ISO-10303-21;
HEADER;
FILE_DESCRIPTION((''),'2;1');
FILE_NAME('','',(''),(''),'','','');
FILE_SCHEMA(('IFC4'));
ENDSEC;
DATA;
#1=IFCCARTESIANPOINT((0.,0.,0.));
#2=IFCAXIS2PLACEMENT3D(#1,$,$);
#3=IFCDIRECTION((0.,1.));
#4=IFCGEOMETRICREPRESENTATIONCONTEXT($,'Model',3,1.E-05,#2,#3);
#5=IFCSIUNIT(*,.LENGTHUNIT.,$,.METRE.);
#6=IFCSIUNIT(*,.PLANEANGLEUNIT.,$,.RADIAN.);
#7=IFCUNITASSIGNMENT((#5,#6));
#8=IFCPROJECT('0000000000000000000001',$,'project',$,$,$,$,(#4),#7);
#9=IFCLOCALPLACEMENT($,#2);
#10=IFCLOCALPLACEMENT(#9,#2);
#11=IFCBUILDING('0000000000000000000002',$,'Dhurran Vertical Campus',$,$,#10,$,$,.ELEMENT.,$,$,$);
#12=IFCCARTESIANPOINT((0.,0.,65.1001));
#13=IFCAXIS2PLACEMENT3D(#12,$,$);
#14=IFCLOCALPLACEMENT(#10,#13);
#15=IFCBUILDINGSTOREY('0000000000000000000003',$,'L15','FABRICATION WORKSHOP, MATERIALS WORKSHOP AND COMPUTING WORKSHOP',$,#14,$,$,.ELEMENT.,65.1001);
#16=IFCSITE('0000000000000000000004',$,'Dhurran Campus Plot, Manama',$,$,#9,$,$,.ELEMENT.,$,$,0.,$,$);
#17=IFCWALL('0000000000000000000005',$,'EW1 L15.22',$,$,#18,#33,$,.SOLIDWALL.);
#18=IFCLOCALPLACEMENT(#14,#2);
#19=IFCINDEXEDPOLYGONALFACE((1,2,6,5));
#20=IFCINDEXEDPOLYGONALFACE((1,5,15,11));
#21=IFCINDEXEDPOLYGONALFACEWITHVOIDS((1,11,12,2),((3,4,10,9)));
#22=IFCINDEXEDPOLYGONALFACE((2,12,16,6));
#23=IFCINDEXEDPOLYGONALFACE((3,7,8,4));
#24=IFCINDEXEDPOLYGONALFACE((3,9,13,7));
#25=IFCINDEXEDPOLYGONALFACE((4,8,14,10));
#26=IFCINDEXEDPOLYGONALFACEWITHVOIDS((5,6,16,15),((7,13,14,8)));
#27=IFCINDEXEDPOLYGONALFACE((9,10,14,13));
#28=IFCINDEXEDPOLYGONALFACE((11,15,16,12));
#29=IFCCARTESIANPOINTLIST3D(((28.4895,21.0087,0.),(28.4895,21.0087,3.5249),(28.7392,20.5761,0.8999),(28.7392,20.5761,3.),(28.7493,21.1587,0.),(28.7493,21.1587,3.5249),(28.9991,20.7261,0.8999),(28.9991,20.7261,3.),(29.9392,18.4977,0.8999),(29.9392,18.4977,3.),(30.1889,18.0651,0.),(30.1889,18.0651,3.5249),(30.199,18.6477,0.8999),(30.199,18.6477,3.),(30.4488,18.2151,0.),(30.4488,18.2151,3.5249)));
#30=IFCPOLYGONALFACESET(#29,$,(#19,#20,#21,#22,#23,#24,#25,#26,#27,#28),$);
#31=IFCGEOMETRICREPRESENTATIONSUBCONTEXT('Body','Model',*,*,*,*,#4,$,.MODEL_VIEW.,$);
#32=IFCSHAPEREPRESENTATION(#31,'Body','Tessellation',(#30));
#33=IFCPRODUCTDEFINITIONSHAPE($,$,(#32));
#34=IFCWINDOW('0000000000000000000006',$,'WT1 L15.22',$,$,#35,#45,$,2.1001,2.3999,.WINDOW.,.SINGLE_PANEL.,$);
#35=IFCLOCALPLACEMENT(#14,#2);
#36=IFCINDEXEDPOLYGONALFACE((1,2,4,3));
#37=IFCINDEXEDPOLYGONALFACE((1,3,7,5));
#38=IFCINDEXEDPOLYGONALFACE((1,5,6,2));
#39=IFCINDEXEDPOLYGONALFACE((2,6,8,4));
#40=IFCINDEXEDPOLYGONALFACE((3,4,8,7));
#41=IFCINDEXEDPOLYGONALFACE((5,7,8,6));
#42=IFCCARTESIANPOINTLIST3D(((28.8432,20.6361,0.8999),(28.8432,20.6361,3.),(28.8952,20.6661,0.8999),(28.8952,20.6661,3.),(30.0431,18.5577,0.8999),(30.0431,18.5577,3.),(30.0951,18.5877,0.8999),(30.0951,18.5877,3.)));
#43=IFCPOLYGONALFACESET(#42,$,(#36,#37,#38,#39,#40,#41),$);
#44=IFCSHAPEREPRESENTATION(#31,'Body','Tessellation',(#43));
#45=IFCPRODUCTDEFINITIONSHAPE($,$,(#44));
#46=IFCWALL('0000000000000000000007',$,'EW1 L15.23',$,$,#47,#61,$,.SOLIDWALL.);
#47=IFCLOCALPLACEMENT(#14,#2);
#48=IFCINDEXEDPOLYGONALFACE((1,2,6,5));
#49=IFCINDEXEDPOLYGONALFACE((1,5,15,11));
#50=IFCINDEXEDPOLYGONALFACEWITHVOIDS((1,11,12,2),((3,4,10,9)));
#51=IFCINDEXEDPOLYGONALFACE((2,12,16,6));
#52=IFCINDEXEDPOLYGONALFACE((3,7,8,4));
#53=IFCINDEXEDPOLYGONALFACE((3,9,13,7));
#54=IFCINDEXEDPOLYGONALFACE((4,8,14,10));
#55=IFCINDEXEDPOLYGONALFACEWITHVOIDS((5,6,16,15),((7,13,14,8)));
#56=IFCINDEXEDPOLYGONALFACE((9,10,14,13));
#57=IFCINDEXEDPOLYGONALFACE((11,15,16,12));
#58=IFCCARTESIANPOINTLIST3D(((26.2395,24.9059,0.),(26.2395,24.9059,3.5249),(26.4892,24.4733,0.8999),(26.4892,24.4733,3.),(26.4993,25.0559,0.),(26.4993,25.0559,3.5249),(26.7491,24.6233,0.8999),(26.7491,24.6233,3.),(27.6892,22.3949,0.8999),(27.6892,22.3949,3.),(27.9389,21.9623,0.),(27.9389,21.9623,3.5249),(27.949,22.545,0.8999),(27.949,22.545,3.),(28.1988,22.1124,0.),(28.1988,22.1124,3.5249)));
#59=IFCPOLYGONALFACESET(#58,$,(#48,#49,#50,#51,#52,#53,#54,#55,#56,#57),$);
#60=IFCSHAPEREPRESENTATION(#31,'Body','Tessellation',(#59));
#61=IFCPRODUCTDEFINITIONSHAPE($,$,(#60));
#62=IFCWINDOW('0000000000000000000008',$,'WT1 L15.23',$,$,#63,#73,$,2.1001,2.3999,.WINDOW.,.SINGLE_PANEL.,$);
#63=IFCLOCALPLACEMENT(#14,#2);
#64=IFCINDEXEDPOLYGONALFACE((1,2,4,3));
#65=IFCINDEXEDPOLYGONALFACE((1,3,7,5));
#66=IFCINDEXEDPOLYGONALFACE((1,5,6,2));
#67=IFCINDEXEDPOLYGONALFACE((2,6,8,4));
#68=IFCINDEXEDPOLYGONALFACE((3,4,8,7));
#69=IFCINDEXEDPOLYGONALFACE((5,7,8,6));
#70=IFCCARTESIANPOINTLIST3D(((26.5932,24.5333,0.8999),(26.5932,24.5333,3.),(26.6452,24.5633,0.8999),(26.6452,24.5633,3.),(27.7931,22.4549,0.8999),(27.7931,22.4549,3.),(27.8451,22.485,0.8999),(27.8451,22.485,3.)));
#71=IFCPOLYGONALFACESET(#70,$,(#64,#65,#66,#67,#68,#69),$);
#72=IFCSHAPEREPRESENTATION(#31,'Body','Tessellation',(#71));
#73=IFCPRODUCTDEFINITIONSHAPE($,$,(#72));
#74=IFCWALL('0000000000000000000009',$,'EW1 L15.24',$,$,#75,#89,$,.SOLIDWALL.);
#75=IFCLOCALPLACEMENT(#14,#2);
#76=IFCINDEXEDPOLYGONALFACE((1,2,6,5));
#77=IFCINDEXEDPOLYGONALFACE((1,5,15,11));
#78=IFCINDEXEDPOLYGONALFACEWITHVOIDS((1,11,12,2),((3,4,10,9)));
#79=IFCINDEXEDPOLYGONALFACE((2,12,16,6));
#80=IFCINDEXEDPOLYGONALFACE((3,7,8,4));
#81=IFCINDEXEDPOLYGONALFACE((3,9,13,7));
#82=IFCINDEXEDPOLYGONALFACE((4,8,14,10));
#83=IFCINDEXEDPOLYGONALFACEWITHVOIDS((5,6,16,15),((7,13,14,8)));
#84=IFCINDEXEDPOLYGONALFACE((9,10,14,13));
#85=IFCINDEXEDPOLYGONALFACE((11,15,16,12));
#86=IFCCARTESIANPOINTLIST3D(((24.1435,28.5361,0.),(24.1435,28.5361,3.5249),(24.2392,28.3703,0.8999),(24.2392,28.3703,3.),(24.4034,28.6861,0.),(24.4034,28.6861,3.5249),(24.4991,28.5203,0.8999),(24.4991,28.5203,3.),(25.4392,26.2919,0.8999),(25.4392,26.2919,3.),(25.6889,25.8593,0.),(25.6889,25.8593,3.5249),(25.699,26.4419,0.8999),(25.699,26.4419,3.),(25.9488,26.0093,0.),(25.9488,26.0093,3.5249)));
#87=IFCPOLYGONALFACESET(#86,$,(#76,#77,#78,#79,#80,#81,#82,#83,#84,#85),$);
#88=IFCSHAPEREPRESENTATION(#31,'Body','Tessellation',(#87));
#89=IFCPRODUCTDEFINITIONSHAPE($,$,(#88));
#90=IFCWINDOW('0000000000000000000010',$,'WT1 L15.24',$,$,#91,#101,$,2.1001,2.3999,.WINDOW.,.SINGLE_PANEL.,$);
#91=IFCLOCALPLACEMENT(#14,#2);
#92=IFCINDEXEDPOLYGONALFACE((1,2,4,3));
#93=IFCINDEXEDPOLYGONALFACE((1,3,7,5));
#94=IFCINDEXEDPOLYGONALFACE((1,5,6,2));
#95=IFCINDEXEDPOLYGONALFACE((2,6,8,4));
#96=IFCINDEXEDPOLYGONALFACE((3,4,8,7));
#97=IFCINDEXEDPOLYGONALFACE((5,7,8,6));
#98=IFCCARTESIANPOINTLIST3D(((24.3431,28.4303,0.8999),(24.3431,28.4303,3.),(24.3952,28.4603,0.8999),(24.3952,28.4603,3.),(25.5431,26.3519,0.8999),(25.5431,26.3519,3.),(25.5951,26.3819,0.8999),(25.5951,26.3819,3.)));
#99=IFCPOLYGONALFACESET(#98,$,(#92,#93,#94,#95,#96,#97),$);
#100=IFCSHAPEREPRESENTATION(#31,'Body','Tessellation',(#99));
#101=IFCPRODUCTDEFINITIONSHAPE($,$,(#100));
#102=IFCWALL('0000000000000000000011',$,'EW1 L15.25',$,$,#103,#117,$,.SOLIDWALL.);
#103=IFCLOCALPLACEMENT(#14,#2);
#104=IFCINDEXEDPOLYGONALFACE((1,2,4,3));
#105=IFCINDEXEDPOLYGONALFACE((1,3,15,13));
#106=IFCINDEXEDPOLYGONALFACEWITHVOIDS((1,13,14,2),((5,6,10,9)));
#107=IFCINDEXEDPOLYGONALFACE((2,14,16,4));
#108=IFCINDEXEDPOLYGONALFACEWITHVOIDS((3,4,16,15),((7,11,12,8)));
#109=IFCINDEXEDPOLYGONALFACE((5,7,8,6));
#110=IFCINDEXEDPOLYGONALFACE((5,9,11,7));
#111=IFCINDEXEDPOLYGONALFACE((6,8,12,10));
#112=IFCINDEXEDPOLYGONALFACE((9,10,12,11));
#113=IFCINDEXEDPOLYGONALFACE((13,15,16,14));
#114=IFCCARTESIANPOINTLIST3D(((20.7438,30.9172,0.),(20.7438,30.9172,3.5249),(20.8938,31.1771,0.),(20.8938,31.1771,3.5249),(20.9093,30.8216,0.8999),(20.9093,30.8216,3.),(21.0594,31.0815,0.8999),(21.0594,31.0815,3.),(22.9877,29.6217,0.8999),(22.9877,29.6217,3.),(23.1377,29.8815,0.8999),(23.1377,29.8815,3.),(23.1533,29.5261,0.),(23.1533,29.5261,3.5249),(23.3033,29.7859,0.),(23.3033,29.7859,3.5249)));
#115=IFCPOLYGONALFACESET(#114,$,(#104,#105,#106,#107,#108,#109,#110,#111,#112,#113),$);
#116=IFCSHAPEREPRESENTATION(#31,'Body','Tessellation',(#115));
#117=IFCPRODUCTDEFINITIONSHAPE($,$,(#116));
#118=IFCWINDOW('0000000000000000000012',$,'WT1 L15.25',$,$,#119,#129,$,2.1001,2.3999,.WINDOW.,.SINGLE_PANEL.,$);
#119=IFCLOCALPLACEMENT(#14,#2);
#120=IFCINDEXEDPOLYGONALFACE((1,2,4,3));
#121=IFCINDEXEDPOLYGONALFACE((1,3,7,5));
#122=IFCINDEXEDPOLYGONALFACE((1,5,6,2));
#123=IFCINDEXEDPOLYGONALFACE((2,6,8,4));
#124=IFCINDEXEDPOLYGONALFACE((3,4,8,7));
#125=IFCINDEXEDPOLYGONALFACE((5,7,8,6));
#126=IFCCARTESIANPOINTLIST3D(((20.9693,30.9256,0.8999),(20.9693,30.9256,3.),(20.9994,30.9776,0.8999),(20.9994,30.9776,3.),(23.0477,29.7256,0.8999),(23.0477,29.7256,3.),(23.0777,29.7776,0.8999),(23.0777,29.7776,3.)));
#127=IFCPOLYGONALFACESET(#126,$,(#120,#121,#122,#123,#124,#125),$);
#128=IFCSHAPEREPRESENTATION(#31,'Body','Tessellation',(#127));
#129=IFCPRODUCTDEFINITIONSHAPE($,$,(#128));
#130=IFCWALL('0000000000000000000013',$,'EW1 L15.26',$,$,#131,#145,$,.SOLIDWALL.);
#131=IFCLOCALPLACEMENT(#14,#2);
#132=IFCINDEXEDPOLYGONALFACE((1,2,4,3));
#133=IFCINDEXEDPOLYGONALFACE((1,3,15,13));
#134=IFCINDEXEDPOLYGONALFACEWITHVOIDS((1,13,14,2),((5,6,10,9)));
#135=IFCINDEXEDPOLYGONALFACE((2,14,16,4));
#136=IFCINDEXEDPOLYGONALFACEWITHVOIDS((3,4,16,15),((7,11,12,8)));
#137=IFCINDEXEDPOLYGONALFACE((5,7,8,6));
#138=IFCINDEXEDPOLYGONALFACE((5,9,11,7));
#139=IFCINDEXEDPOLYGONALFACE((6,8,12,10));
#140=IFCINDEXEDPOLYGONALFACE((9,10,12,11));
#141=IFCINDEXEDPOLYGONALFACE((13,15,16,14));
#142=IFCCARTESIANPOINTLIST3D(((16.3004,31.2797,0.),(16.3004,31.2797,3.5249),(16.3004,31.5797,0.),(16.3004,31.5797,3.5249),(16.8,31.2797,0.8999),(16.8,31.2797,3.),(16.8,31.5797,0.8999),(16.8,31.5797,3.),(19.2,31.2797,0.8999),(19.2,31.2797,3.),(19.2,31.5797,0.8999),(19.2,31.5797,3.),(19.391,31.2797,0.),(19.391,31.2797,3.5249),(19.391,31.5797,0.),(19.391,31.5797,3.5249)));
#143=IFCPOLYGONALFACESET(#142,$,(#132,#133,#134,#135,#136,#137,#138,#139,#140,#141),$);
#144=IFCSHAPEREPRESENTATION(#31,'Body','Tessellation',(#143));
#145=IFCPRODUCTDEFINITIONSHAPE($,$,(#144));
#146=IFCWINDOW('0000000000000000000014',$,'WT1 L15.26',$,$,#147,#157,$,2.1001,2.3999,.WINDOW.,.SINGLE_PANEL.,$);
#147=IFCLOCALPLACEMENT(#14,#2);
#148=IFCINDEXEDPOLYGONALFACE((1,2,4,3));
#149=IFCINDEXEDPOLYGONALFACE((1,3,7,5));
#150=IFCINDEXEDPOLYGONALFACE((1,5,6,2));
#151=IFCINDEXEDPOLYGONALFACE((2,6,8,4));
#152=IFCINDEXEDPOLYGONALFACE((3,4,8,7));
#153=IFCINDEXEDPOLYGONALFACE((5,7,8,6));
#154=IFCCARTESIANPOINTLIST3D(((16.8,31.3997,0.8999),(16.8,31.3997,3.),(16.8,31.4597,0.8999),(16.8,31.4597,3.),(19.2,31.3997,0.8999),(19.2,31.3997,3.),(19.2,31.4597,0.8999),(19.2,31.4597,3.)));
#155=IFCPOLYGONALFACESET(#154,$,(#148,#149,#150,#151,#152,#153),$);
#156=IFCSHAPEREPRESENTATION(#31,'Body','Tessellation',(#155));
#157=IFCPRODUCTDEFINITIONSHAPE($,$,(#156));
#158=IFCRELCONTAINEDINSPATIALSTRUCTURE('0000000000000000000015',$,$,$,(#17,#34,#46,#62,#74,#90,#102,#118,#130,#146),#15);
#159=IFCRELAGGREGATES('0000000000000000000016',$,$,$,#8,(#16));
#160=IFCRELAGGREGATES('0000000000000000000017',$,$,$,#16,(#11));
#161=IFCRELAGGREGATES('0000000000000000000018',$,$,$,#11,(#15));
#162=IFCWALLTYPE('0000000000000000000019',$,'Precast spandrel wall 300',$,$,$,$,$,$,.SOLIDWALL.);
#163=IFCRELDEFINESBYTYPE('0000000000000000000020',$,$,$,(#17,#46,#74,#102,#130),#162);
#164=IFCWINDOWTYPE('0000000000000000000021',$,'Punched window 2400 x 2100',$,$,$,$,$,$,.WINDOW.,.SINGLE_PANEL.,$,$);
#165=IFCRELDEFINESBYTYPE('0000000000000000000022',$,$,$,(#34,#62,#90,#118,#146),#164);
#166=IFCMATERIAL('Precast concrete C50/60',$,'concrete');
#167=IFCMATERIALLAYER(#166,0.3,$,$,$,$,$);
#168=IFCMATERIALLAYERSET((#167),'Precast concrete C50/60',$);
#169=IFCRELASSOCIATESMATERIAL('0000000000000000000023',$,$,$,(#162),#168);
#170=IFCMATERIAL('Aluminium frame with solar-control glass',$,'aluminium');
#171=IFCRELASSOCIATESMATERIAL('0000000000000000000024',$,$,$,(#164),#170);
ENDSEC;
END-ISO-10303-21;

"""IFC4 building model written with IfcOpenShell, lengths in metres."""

from ifc_helpers import new_model, si_unit, direction, frame, frame_2d, origin, place, context, subcontext, project, spatial, rectangle, extrude, material, layer, layer_set, type_object, element, fill, save


model = new_model("IFC4")

# Units and contexts
model_context = context("Model", 3, precision=1e-05, world=origin(), true_north=direction((0.0, 1.0)))
body_context = subcontext(model_context, "Body", "Model", "MODEL_VIEW")
ifc_project = project(units=[si_unit("LENGTHUNIT", "METRE"), si_unit("PLANEANGLEUNIT", "RADIAN")], contexts=[model_context])

# Site, building, storey
site_placement = place(None, origin())
site = spatial("IfcSite", under=ifc_project, at=site_placement, Name="Dhurran Campus Plot, Manama", CompositionType="ELEMENT", RefElevation=0.0)
building_placement = place(site_placement, origin())
building = spatial("IfcBuilding", under=site, at=building_placement, Name="Dhurran Vertical Campus", CompositionType="ELEMENT")
storey_placement = place(building_placement, frame((0.0, 0.0, 65.1001)))
storey = spatial("IfcBuildingStorey", under=building, at=storey_placement, Name="L15", Description="FABRICATION WORKSHOP, MATERIALS WORKSHOP AND COMPUTING WORKSHOP", CompositionType="ELEMENT", Elevation=65.1001)

# Walls, openings, windows
ifc_material_1 = material(Name="Precast concrete C50/60", Category="concrete")
ifc_layer_1 = layer(ifc_material_1, 0.3)
ifc_layer_set_1 = layer_set([ifc_layer_1], Name="Precast concrete C50/60")
wall_type_1 = type_object("IfcWallType", Name="Precast spandrel wall 300", PredefinedType="SOLIDWALL", material=ifc_layer_set_1)
ifc_material_2 = material(Name="Aluminium frame with solar-control glass", Category="aluminium")
window_type = type_object("IfcWindowType", Name="Punched window 2400 x 2100", PartitioningType="SINGLE_PANEL", PredefinedType="WINDOW", material=ifc_material_2)
wall_1_placement = place(storey_placement, frame((30.3188, 18.1401, 0.0), z_axis=(0.0, 0.0, 1.0), x_axis=(-0.499994, 0.866029, 0.0)))
wall_1 = element("IfcWall", 1, at=wall_1_placement, inside=storey, type_object=wall_type_1, Name="EW1 L15.22", PredefinedType="SOLIDWALL", context=body_context, shape_type="SweptSolid", body=[
    extrude(rectangle(XDim=3.3989, YDim=0.3, at=frame_2d((1.6995, 0.0))), origin(), (0.0, 0.0, 1.0), 3.5249),
])
opening_1_placement = place(wall_1_placement, frame((0.4995, 0.0, 0.8999)))
opening_1 = element("IfcOpeningElement", 2, at=opening_1_placement, cuts=wall_1, PredefinedType="OPENING", context=body_context, shape_type="SweptSolid", body=[
    extrude(rectangle(XDim=2.3999, YDim=2.1001, at=frame_2d((1.2, 1.05))), frame((0.0, 0.1599, 0.0), z_axis=(0.0, -1.0, 0.0), x_axis=(1.0, 0.0, 0.0)), (0.0, 0.0, 1.0), 0.3201),
])
window_1_placement = place(opening_1_placement, origin())
window_1 = element("IfcWindow", 3, at=window_1_placement, inside=storey, type_object=window_type, Name="WT1 L15.22", OverallHeight=2.1001, OverallWidth=2.3999, PartitioningType="SINGLE_PANEL", PredefinedType="WINDOW", context=body_context, shape_type="SweptSolid", body=[
    extrude(rectangle(XDim=2.3999, YDim=2.1001, at=frame_2d((1.2, 1.05))), frame((0.0, 0.03, 0.0), z_axis=(0.0, -1.0, 0.0), x_axis=(1.0, 0.0, 0.0)), (0.0, 0.0, 1.0), 0.0601),
])
fill(opening_1, window_1)
wall_2_placement = place(storey_placement, frame((28.0688, 22.0374, 0.0), z_axis=(0.0, 0.0, 1.0), x_axis=(-0.499994, 0.866029, 0.0)))
wall_2 = element("IfcWall", 4, at=wall_2_placement, inside=storey, type_object=wall_type_1, Name="EW1 L15.23", PredefinedType="SOLIDWALL", context=body_context, shape_type="SweptSolid", body=[
    extrude(rectangle(XDim=3.3989, YDim=0.3, at=frame_2d((1.6995, 0.0))), origin(), (0.0, 0.0, 1.0), 3.5249),
])
opening_2_placement = place(wall_2_placement, frame((0.4995, 0.0, 0.8999)))
opening_2 = element("IfcOpeningElement", 5, at=opening_2_placement, cuts=wall_2, PredefinedType="OPENING", context=body_context, shape_type="SweptSolid", body=[
    extrude(rectangle(XDim=2.3999, YDim=2.1001, at=frame_2d((1.2, 1.05))), frame((0.0, 0.1599, 0.0), z_axis=(0.0, -1.0, 0.0), x_axis=(1.0, 0.0, 0.0)), (0.0, 0.0, 1.0), 0.3201),
])
window_2_placement = place(opening_2_placement, origin())
window_2 = element("IfcWindow", 6, at=window_2_placement, inside=storey, type_object=window_type, Name="WT1 L15.23", OverallHeight=2.1001, OverallWidth=2.3999, PartitioningType="SINGLE_PANEL", PredefinedType="WINDOW", context=body_context, shape_type="SweptSolid", body=[
    extrude(rectangle(XDim=2.3999, YDim=2.1001, at=frame_2d((1.2, 1.05))), frame((0.0, 0.03, 0.0), z_axis=(0.0, -1.0, 0.0), x_axis=(1.0, 0.0, 0.0)), (0.0, 0.0, 1.0), 0.0601),
])
fill(opening_2, window_2)
wall_3_placement = place(storey_placement, frame((25.8188, 25.9343, 0.0), z_axis=(0.0, 0.0, 1.0), x_axis=(-0.499996, 0.866028, 0.0)))
wall_3 = element("IfcWall", 7, at=wall_3_placement, inside=storey, type_object=wall_type_1, Name="EW1 L15.24", PredefinedType="SOLIDWALL", context=body_context, shape_type="SweptSolid", body=[
    extrude(rectangle(XDim=3.0908, YDim=0.3, at=frame_2d((1.5454, 0.0))), origin(), (0.0, 0.0, 1.0), 3.5249),
])
opening_3_placement = place(wall_3_placement, frame((0.4995, 0.0, 0.8999)))
opening_3 = element("IfcOpeningElement", 8, at=opening_3_placement, cuts=wall_3, PredefinedType="OPENING", context=body_context, shape_type="SweptSolid", body=[
    extrude(rectangle(XDim=2.3999, YDim=2.1001, at=frame_2d((1.2, 1.05))), frame((0.0, 0.1599, 0.0), z_axis=(0.0, -1.0, 0.0), x_axis=(1.0, 0.0, 0.0)), (0.0, 0.0, 1.0), 0.3201),
])
window_3_placement = place(opening_3_placement, origin())
window_3 = element("IfcWindow", 9, at=window_3_placement, inside=storey, type_object=window_type, Name="WT1 L15.24", OverallHeight=2.1001, OverallWidth=2.3999, PartitioningType="SINGLE_PANEL", PredefinedType="WINDOW", context=body_context, shape_type="SweptSolid", body=[
    extrude(rectangle(XDim=2.3999, YDim=2.1001, at=frame_2d((1.2, 1.05))), frame((0.0, 0.03, 0.0), z_axis=(0.0, -1.0, 0.0), x_axis=(1.0, 0.0, 0.0)), (0.0, 0.0, 1.0), 0.0601),
])
fill(opening_3, window_3)
wall_4_placement = place(storey_placement, frame((23.2283, 29.656, 0.0), z_axis=(0.0, 0.0, 1.0), x_axis=(-0.86602, 0.500009, 0.0)))
wall_4 = element("IfcWall", 10, at=wall_4_placement, inside=storey, type_object=wall_type_1, Name="EW1 L15.25", PredefinedType="SOLIDWALL", context=body_context, shape_type="SweptSolid", body=[
    extrude(rectangle(XDim=2.7822, YDim=0.3, at=frame_2d((1.3911, 0.0))), origin(), (0.0, 0.0, 1.0), 3.5249),
])
opening_4_placement = place(wall_4_placement, frame((0.1912, 0.0, 0.8999)))
opening_4 = element("IfcOpeningElement", 11, at=opening_4_placement, cuts=wall_4, PredefinedType="OPENING", context=body_context, shape_type="SweptSolid", body=[
    extrude(rectangle(XDim=2.3999, YDim=2.1001, at=frame_2d((1.2, 1.05))), frame((0.0, 0.1599, 0.0), z_axis=(0.0, -1.0, 0.0), x_axis=(1.0, 0.0, 0.0)), (0.0, 0.0, 1.0), 0.3201),
])
window_4_placement = place(opening_4_placement, origin())
window_4 = element("IfcWindow", 12, at=window_4_placement, inside=storey, type_object=window_type, Name="WT1 L15.25", OverallHeight=2.1001, OverallWidth=2.3999, PartitioningType="SINGLE_PANEL", PredefinedType="WINDOW", context=body_context, shape_type="SweptSolid", body=[
    extrude(rectangle(XDim=2.3999, YDim=2.1001, at=frame_2d((1.2, 1.05))), frame((0.0, 0.03, 0.0), z_axis=(0.0, -1.0, 0.0), x_axis=(1.0, 0.0, 0.0)), (0.0, 0.0, 1.0), 0.0601),
])
fill(opening_4, window_4)
wall_5_placement = place(storey_placement, frame((19.3911, 31.4297, 0.0), z_axis=(0.0, 0.0, 1.0), x_axis=(-1.0, 0.0, 0.0)))
wall_5 = element("IfcWall", 13, at=wall_5_placement, inside=storey, type_object=wall_type_1, Name="EW1 L15.26", PredefinedType="SOLIDWALL", context=body_context, shape_type="SweptSolid", body=[
    extrude(rectangle(XDim=3.0906, YDim=0.3, at=frame_2d((1.5454, 0.0))), origin(), (0.0, 0.0, 1.0), 3.5249),
])
opening_5_placement = place(wall_5_placement, frame((0.1912, 0.0, 0.8999)))
opening_5 = element("IfcOpeningElement", 14, at=opening_5_placement, cuts=wall_5, PredefinedType="OPENING", context=body_context, shape_type="SweptSolid", body=[
    extrude(rectangle(XDim=2.3999, YDim=2.1001, at=frame_2d((1.2, 1.05))), frame((0.0, 0.1599, 0.0), z_axis=(0.0, -1.0, 0.0), x_axis=(1.0, 0.0, 0.0)), (0.0, 0.0, 1.0), 0.3201),
])
window_5_placement = place(opening_5_placement, origin())
window_5 = element("IfcWindow", 15, at=window_5_placement, inside=storey, type_object=window_type, Name="WT1 L15.26", OverallHeight=2.1001, OverallWidth=2.3999, PartitioningType="SINGLE_PANEL", PredefinedType="WINDOW", context=body_context, shape_type="SweptSolid", body=[
    extrude(rectangle(XDim=2.3999, YDim=2.1001, at=frame_2d((1.2, 1.05))), frame((0.0, 0.03, 0.0), z_axis=(0.0, -1.0, 0.0), x_axis=(1.0, 0.0, 0.0)), (0.0, 0.0, 1.0), 0.0601),
])
fill(opening_5, window_5)

save(model, "model.ifc")
